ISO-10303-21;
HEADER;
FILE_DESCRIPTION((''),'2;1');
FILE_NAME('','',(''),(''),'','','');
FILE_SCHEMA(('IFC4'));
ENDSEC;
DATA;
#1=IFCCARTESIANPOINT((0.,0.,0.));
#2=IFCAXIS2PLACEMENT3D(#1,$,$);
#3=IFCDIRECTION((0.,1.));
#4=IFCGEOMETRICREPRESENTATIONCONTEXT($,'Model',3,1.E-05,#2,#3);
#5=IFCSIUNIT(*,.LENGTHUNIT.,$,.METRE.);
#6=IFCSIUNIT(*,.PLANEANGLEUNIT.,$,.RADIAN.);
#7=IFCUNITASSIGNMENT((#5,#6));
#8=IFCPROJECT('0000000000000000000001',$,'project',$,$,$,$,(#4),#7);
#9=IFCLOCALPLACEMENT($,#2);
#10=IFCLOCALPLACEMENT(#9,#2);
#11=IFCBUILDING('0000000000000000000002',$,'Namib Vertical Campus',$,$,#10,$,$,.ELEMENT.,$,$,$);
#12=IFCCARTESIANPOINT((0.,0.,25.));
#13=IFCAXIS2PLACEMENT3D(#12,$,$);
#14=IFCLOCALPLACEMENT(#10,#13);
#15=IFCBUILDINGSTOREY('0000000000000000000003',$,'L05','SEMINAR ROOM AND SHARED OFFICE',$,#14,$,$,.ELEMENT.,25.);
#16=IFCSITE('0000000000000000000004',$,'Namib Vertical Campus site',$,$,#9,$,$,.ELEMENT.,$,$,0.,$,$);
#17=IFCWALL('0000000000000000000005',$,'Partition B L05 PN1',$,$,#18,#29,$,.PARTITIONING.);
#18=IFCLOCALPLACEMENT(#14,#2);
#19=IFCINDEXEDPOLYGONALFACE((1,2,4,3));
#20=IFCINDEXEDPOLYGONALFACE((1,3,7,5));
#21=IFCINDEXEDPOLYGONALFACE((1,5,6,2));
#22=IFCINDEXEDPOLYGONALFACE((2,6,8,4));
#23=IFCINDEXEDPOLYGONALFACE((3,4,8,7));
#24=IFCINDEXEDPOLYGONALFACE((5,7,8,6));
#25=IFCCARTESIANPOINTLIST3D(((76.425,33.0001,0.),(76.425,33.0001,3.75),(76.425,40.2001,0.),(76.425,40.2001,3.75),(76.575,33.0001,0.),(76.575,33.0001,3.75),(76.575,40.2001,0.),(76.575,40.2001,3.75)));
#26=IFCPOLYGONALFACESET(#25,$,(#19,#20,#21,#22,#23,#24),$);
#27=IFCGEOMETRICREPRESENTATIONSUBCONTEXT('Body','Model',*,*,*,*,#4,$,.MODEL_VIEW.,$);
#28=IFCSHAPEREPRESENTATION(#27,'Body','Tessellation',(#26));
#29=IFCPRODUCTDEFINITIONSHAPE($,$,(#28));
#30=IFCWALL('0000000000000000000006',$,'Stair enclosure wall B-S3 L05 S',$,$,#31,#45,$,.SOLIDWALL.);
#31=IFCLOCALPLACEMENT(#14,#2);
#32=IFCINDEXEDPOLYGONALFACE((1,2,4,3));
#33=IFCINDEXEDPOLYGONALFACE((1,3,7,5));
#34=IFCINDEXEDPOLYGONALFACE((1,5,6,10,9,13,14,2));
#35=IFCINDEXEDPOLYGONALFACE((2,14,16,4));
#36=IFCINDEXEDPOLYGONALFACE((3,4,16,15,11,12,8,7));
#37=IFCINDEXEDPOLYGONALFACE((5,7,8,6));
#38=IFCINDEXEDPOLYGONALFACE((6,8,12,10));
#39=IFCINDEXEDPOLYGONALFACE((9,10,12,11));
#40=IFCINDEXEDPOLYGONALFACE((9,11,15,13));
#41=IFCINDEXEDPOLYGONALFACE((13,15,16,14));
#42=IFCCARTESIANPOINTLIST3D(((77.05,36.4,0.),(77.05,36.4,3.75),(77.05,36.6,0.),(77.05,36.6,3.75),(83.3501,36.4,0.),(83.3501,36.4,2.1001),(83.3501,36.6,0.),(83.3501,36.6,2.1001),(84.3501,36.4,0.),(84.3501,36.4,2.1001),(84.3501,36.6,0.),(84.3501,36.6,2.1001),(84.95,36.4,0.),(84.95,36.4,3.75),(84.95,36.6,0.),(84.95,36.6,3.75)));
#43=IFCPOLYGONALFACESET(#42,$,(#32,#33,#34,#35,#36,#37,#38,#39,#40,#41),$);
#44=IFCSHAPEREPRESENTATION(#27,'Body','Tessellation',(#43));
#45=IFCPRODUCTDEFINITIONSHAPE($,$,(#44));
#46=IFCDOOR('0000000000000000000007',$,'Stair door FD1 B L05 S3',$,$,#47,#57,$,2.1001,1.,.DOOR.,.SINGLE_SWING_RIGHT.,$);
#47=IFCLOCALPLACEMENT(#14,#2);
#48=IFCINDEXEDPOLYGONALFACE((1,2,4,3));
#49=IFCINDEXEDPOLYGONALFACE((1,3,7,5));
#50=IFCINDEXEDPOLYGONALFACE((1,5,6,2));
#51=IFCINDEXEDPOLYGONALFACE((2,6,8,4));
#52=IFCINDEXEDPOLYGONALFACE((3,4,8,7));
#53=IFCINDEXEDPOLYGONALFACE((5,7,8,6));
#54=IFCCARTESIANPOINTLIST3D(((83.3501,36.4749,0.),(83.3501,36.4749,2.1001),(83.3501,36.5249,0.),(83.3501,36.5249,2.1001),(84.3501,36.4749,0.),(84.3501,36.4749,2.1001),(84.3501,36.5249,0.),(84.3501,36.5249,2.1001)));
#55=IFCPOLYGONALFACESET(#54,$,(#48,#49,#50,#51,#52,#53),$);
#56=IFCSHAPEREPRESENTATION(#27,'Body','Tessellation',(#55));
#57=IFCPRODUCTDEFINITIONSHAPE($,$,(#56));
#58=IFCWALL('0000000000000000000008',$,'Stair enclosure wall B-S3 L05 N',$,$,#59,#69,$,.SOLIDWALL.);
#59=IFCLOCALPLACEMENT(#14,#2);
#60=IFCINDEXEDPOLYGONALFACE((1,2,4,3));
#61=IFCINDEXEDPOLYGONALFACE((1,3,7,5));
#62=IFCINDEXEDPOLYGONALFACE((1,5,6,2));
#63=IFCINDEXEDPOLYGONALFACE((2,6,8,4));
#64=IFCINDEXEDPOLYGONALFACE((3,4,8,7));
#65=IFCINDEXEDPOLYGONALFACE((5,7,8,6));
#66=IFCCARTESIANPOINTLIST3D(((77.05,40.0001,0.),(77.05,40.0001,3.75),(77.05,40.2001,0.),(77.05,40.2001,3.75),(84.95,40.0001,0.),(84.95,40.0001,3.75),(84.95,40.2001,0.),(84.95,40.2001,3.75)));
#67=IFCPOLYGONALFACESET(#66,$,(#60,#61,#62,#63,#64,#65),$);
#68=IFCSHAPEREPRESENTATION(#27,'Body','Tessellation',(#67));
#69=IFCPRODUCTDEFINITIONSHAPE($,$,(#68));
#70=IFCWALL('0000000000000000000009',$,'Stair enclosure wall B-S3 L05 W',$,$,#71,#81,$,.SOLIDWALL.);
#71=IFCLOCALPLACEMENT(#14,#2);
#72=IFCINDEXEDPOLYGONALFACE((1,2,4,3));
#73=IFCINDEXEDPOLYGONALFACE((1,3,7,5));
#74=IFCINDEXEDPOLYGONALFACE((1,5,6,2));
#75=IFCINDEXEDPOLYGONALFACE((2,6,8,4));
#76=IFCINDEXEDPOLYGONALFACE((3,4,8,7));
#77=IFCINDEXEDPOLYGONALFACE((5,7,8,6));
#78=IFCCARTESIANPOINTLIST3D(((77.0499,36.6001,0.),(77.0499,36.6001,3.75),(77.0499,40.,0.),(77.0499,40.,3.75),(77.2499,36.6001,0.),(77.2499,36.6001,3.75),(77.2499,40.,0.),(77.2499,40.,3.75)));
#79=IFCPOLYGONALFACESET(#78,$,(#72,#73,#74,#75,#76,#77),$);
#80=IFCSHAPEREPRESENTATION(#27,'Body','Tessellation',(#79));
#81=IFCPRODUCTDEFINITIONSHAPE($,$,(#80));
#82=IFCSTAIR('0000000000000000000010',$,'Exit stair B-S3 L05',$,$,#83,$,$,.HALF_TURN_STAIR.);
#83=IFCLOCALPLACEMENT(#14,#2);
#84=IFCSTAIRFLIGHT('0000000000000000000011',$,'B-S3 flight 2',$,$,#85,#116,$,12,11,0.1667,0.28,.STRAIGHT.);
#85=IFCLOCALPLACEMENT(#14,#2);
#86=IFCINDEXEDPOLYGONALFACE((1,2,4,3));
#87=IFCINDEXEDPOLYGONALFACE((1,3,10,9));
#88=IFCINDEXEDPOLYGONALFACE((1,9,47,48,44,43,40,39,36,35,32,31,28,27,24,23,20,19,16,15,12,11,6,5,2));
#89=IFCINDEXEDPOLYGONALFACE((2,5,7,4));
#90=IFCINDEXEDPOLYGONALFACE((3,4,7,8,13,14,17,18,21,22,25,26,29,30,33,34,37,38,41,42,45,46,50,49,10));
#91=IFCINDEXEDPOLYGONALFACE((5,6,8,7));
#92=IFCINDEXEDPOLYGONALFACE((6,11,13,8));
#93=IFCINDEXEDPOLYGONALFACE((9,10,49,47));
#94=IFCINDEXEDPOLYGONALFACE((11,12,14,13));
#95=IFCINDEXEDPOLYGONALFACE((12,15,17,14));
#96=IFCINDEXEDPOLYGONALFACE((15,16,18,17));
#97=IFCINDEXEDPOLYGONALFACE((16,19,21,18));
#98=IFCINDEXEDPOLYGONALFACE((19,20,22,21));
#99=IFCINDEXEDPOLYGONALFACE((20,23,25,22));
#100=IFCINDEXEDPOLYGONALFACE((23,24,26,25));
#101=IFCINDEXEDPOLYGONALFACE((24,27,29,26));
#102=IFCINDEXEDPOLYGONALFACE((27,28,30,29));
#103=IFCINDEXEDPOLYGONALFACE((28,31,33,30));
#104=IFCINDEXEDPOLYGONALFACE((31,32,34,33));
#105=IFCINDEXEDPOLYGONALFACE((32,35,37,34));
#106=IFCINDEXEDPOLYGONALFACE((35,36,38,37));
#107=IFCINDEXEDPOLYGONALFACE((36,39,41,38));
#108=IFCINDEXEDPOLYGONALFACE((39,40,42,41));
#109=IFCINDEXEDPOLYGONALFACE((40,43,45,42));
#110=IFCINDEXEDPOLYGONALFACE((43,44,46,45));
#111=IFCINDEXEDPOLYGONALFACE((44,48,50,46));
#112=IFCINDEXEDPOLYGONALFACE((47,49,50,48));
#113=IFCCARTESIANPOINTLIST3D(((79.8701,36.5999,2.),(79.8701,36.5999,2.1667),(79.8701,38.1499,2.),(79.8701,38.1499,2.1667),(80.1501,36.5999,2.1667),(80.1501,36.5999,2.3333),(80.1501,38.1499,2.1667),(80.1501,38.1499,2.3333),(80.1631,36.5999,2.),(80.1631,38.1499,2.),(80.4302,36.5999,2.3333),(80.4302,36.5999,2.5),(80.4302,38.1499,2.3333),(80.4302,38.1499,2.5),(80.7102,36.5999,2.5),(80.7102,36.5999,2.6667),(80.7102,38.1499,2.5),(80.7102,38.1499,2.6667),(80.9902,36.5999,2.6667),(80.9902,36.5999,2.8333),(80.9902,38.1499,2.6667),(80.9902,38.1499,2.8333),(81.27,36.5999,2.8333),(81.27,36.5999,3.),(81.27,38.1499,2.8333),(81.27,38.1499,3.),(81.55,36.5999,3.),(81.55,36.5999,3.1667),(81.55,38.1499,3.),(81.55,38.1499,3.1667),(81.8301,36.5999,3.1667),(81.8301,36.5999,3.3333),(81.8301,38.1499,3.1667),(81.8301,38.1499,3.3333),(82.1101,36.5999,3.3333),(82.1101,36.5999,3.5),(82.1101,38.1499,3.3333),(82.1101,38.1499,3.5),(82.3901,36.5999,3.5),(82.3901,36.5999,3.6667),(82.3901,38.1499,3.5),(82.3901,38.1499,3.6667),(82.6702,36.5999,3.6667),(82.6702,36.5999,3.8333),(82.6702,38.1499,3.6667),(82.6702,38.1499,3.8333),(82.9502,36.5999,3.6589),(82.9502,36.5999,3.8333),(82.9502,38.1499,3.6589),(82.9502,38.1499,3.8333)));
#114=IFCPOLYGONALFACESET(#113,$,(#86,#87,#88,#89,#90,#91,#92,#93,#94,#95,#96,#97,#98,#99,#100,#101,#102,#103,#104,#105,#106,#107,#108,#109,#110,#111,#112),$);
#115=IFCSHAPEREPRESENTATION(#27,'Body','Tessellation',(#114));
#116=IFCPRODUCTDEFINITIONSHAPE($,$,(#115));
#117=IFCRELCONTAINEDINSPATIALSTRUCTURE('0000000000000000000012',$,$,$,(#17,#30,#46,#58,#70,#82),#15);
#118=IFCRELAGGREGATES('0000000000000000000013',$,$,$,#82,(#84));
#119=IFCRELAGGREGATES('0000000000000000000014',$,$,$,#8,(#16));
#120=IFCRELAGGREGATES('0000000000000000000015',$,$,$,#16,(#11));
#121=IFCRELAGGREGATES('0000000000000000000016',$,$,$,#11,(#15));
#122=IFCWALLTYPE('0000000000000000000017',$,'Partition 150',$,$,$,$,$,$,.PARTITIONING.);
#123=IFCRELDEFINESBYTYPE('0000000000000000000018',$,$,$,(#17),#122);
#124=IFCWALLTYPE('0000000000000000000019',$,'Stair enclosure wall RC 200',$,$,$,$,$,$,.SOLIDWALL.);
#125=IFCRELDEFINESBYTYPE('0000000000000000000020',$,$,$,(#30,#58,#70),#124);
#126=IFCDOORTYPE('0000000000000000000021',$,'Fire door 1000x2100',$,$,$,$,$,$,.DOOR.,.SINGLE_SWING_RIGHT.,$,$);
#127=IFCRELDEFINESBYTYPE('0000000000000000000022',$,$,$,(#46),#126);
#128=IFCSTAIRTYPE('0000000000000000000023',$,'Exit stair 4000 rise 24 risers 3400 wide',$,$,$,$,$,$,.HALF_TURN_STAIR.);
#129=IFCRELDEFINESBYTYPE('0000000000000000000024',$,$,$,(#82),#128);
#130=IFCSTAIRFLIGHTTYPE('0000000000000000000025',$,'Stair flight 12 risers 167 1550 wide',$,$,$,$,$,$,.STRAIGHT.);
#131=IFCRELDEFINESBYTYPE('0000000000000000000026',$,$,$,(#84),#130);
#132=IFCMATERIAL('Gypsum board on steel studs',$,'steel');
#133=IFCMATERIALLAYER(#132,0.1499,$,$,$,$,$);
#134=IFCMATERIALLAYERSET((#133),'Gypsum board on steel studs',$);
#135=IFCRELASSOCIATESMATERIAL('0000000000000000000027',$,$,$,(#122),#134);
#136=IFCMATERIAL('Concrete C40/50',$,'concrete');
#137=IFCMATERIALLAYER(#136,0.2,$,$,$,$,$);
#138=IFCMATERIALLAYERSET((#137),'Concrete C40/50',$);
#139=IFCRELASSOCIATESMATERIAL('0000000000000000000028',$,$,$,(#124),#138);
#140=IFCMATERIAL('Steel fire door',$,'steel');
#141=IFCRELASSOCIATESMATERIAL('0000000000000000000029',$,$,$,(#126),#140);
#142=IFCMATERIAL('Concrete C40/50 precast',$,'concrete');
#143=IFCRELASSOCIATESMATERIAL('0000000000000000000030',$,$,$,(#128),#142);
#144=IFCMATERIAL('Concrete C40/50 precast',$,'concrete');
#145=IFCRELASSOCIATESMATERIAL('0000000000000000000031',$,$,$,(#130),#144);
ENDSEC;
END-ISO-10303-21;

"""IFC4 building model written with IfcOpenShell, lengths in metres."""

from ifc_helpers import new_model, si_unit, direction, frame, frame_2d, origin, place, context, subcontext, project, spatial, polyline, rectangle, outline, extrude, material, layer, layer_set, type_object, element, fill, aggregate, save


model = new_model("IFC4")

# Units and contexts
model_context = context("Model", 3, precision=1e-05, world=origin(), true_north=direction((0.0, 1.0)))
body_context = subcontext(model_context, "Body", "Model", "MODEL_VIEW")
ifc_project = project(units=[si_unit("LENGTHUNIT", "METRE"), si_unit("PLANEANGLEUNIT", "RADIAN")], contexts=[model_context])

# Site, building, storey
site_placement = place(None, origin())
site = spatial("IfcSite", under=ifc_project, at=site_placement, Name="Namib Vertical Campus site", CompositionType="ELEMENT", RefElevation=0.0)
building_placement = place(site_placement, origin())
building = spatial("IfcBuilding", under=site, at=building_placement, Name="Namib Vertical Campus", CompositionType="ELEMENT")
storey_placement = place(building_placement, frame((0.0, 0.0, 25.0)))
storey = spatial("IfcBuildingStorey", under=building, at=storey_placement, Name="L05", Description="SEMINAR ROOM AND SHARED OFFICE", CompositionType="ELEMENT", Elevation=25.0)

# Wall
ifc_material_1 = material(Name="Gypsum board on steel studs", Category="steel")
ifc_layer_1 = layer(ifc_material_1, 0.1499)
ifc_layer_set_1 = layer_set([ifc_layer_1], Name="Gypsum board on steel studs")
wall_type_1 = type_object("IfcWallType", Name="Partition 150", PredefinedType="PARTITIONING", material=ifc_layer_set_1)
wall_1_placement = place(storey_placement, frame((76.5, 33.0, 0.0), z_axis=(0.0, 0.0, 1.0), x_axis=(0.0, 1.0, 0.0)))
element("IfcWall", 1, at=wall_1_placement, inside=storey, type_object=wall_type_1, Name="Partition B L05 PN1", PredefinedType="PARTITIONING", context=body_context, shape_type="SweptSolid", body=[
    extrude(rectangle(XDim=7.2, YDim=0.1499, at=frame_2d((3.6001, 0.0))), origin(), (0.0, 0.0, 1.0), 3.75),
])

# Wall, opening, door
ifc_material_2 = material(Name="Concrete C40/50", Category="concrete")
ifc_layer_2 = layer(ifc_material_2, 0.2)
ifc_layer_set_2 = layer_set([ifc_layer_2], Name="Concrete C40/50")
wall_type_2 = type_object("IfcWallType", Name="Stair enclosure wall RC 200", PredefinedType="SOLIDWALL", material=ifc_layer_set_2)
wall_2_placement = place(storey_placement, frame((77.05, 36.5, 0.0), z_axis=(0.0, 0.0, 1.0), x_axis=(1.0, 0.0, 0.0)))
wall_2 = element("IfcWall", 2, at=wall_2_placement, inside=storey, type_object=wall_type_2, Name="Stair enclosure wall B-S3 L05 S", PredefinedType="SOLIDWALL", context=body_context, shape_type="SweptSolid", body=[
    extrude(rectangle(XDim=7.8999, YDim=0.2, at=frame_2d((3.95, 0.0))), origin(), (0.0, 0.0, 1.0), 3.75),
])
opening_1_placement = place(wall_2_placement, frame((6.3, 0.0, 0.0)))
opening_1 = element("IfcOpeningElement", 3, at=opening_1_placement, cuts=wall_2, PredefinedType="OPENING", context=body_context, shape_type="SweptSolid", body=[
    extrude(rectangle(XDim=1.0, YDim=2.1001, at=frame_2d((0.5, 1.05))), frame((0.0, 0.1099, 0.0), z_axis=(0.0, -1.0, 0.0), x_axis=(1.0, 0.0, 0.0)), (0.0, 0.0, 1.0), 0.22),
])
ifc_material_3 = material(Name="Steel fire door", Category="steel")
door_type_1 = type_object("IfcDoorType", Name="Fire door 1000x2100", OperationType="SINGLE_SWING_RIGHT", PredefinedType="DOOR", material=ifc_material_3)
door_1_placement = place(opening_1_placement, origin())
door_1 = element("IfcDoor", 4, at=door_1_placement, inside=storey, type_object=door_type_1, Name="Stair door FD1 B L05 S3", OperationType="SINGLE_SWING_RIGHT", OverallHeight=2.1001, OverallWidth=1.0, PredefinedType="DOOR", context=body_context, shape_type="SweptSolid", body=[
    extrude(rectangle(XDim=1.0, YDim=2.1001, at=frame_2d((0.5, 1.05))), frame((0.0, 0.0249, 0.0), z_axis=(0.0, -1.0, 0.0), x_axis=(1.0, 0.0, 0.0)), (0.0, 0.0, 1.0), 0.05),
])
fill(opening_1, door_1)

# Walls
wall_3_placement = place(storey_placement, frame((77.05, 40.1001, 0.0), z_axis=(0.0, 0.0, 1.0), x_axis=(1.0, 0.0, 0.0)))
element("IfcWall", 5, at=wall_3_placement, inside=storey, type_object=wall_type_2, Name="Stair enclosure wall B-S3 L05 N", PredefinedType="SOLIDWALL", context=body_context, shape_type="SweptSolid", body=[
    extrude(rectangle(XDim=7.8999, YDim=0.2, at=frame_2d((3.95, 0.0))), origin(), (0.0, 0.0, 1.0), 3.75),
])
wall_4_placement = place(storey_placement, frame((77.1499, 36.6001, 0.0), z_axis=(0.0, 0.0, 1.0), x_axis=(0.0, 1.0, 0.0)))
element("IfcWall", 6, at=wall_4_placement, inside=storey, type_object=wall_type_2, Name="Stair enclosure wall B-S3 L05 W", PredefinedType="SOLIDWALL", context=body_context, shape_type="SweptSolid", body=[
    extrude(rectangle(XDim=3.3999, YDim=0.2, at=frame_2d((1.7, 0.0))), origin(), (0.0, 0.0, 1.0), 3.75),
])

# Stair, stair flight
ifc_material_4 = material(Name="Concrete C40/50 precast", Category="concrete")
stair_type = type_object("IfcStairType", Name="Exit stair 4000 rise 24 risers 3400 wide", PredefinedType="HALF_TURN_STAIR", material=ifc_material_4)
stair_placement = place(storey_placement, origin())
stair = element("IfcStair", 7, at=stair_placement, inside=storey, type_object=stair_type, Name="Exit stair B-S3 L05", PredefinedType="HALF_TURN_STAIR")
ifc_material_5 = material(Name="Concrete C40/50 precast", Category="concrete")
stair_flight_type = type_object("IfcStairFlightType", Name="Stair flight 12 risers 167 1550 wide", PredefinedType="STRAIGHT", material=ifc_material_5)
stair_flight_placement = place(storey_placement, frame((79.8701, 37.375, 2.0), z_axis=(0.0, 0.0, 1.0), x_axis=(1.0, 0.0, 0.0)))
stair_flight = element("IfcStairFlight", 8, at=stair_flight_placement, type_object=stair_flight_type, Name="B-S3 flight 2", NumberOfRisers=12, NumberOfTreads=11, PredefinedType="STRAIGHT", RiserHeight=0.1667, TreadLength=0.28, context=body_context, shape_type="SweptSolid", body=[
    extrude(outline(polyline([(0.0, 0.0), (0.0, 0.1667), (0.28, 0.1667), (0.28, 0.3333), (0.5601, 0.3333), (0.5601, 0.5), (0.8401, 0.5), (0.8401, 0.6667), (1.1201, 0.6667), (1.1201, 0.8333), (1.3999, 0.8333), (1.3999, 1.0), (1.6799, 1.0), (1.6799, 1.1667), (1.96, 1.1667), (1.96, 1.3333), (2.24, 1.3333), (2.24, 1.5), (2.52, 1.5), (2.52, 1.6667), (2.8, 1.6667), (2.8, 1.8333), (3.0801, 1.8333), (3.0801, 2.0), (3.0801, 1.6589), (0.293, 0.0), (0.0, 0.0)])), frame((0.0, 0.7749, 0.0), z_axis=(0.0, -1.0, 0.0), x_axis=(1.0, 0.0, 0.0)), (0.0, 0.0, 1.0), 1.55),
])
aggregate(stair, [stair_flight])

save(model, "model.ifc")
